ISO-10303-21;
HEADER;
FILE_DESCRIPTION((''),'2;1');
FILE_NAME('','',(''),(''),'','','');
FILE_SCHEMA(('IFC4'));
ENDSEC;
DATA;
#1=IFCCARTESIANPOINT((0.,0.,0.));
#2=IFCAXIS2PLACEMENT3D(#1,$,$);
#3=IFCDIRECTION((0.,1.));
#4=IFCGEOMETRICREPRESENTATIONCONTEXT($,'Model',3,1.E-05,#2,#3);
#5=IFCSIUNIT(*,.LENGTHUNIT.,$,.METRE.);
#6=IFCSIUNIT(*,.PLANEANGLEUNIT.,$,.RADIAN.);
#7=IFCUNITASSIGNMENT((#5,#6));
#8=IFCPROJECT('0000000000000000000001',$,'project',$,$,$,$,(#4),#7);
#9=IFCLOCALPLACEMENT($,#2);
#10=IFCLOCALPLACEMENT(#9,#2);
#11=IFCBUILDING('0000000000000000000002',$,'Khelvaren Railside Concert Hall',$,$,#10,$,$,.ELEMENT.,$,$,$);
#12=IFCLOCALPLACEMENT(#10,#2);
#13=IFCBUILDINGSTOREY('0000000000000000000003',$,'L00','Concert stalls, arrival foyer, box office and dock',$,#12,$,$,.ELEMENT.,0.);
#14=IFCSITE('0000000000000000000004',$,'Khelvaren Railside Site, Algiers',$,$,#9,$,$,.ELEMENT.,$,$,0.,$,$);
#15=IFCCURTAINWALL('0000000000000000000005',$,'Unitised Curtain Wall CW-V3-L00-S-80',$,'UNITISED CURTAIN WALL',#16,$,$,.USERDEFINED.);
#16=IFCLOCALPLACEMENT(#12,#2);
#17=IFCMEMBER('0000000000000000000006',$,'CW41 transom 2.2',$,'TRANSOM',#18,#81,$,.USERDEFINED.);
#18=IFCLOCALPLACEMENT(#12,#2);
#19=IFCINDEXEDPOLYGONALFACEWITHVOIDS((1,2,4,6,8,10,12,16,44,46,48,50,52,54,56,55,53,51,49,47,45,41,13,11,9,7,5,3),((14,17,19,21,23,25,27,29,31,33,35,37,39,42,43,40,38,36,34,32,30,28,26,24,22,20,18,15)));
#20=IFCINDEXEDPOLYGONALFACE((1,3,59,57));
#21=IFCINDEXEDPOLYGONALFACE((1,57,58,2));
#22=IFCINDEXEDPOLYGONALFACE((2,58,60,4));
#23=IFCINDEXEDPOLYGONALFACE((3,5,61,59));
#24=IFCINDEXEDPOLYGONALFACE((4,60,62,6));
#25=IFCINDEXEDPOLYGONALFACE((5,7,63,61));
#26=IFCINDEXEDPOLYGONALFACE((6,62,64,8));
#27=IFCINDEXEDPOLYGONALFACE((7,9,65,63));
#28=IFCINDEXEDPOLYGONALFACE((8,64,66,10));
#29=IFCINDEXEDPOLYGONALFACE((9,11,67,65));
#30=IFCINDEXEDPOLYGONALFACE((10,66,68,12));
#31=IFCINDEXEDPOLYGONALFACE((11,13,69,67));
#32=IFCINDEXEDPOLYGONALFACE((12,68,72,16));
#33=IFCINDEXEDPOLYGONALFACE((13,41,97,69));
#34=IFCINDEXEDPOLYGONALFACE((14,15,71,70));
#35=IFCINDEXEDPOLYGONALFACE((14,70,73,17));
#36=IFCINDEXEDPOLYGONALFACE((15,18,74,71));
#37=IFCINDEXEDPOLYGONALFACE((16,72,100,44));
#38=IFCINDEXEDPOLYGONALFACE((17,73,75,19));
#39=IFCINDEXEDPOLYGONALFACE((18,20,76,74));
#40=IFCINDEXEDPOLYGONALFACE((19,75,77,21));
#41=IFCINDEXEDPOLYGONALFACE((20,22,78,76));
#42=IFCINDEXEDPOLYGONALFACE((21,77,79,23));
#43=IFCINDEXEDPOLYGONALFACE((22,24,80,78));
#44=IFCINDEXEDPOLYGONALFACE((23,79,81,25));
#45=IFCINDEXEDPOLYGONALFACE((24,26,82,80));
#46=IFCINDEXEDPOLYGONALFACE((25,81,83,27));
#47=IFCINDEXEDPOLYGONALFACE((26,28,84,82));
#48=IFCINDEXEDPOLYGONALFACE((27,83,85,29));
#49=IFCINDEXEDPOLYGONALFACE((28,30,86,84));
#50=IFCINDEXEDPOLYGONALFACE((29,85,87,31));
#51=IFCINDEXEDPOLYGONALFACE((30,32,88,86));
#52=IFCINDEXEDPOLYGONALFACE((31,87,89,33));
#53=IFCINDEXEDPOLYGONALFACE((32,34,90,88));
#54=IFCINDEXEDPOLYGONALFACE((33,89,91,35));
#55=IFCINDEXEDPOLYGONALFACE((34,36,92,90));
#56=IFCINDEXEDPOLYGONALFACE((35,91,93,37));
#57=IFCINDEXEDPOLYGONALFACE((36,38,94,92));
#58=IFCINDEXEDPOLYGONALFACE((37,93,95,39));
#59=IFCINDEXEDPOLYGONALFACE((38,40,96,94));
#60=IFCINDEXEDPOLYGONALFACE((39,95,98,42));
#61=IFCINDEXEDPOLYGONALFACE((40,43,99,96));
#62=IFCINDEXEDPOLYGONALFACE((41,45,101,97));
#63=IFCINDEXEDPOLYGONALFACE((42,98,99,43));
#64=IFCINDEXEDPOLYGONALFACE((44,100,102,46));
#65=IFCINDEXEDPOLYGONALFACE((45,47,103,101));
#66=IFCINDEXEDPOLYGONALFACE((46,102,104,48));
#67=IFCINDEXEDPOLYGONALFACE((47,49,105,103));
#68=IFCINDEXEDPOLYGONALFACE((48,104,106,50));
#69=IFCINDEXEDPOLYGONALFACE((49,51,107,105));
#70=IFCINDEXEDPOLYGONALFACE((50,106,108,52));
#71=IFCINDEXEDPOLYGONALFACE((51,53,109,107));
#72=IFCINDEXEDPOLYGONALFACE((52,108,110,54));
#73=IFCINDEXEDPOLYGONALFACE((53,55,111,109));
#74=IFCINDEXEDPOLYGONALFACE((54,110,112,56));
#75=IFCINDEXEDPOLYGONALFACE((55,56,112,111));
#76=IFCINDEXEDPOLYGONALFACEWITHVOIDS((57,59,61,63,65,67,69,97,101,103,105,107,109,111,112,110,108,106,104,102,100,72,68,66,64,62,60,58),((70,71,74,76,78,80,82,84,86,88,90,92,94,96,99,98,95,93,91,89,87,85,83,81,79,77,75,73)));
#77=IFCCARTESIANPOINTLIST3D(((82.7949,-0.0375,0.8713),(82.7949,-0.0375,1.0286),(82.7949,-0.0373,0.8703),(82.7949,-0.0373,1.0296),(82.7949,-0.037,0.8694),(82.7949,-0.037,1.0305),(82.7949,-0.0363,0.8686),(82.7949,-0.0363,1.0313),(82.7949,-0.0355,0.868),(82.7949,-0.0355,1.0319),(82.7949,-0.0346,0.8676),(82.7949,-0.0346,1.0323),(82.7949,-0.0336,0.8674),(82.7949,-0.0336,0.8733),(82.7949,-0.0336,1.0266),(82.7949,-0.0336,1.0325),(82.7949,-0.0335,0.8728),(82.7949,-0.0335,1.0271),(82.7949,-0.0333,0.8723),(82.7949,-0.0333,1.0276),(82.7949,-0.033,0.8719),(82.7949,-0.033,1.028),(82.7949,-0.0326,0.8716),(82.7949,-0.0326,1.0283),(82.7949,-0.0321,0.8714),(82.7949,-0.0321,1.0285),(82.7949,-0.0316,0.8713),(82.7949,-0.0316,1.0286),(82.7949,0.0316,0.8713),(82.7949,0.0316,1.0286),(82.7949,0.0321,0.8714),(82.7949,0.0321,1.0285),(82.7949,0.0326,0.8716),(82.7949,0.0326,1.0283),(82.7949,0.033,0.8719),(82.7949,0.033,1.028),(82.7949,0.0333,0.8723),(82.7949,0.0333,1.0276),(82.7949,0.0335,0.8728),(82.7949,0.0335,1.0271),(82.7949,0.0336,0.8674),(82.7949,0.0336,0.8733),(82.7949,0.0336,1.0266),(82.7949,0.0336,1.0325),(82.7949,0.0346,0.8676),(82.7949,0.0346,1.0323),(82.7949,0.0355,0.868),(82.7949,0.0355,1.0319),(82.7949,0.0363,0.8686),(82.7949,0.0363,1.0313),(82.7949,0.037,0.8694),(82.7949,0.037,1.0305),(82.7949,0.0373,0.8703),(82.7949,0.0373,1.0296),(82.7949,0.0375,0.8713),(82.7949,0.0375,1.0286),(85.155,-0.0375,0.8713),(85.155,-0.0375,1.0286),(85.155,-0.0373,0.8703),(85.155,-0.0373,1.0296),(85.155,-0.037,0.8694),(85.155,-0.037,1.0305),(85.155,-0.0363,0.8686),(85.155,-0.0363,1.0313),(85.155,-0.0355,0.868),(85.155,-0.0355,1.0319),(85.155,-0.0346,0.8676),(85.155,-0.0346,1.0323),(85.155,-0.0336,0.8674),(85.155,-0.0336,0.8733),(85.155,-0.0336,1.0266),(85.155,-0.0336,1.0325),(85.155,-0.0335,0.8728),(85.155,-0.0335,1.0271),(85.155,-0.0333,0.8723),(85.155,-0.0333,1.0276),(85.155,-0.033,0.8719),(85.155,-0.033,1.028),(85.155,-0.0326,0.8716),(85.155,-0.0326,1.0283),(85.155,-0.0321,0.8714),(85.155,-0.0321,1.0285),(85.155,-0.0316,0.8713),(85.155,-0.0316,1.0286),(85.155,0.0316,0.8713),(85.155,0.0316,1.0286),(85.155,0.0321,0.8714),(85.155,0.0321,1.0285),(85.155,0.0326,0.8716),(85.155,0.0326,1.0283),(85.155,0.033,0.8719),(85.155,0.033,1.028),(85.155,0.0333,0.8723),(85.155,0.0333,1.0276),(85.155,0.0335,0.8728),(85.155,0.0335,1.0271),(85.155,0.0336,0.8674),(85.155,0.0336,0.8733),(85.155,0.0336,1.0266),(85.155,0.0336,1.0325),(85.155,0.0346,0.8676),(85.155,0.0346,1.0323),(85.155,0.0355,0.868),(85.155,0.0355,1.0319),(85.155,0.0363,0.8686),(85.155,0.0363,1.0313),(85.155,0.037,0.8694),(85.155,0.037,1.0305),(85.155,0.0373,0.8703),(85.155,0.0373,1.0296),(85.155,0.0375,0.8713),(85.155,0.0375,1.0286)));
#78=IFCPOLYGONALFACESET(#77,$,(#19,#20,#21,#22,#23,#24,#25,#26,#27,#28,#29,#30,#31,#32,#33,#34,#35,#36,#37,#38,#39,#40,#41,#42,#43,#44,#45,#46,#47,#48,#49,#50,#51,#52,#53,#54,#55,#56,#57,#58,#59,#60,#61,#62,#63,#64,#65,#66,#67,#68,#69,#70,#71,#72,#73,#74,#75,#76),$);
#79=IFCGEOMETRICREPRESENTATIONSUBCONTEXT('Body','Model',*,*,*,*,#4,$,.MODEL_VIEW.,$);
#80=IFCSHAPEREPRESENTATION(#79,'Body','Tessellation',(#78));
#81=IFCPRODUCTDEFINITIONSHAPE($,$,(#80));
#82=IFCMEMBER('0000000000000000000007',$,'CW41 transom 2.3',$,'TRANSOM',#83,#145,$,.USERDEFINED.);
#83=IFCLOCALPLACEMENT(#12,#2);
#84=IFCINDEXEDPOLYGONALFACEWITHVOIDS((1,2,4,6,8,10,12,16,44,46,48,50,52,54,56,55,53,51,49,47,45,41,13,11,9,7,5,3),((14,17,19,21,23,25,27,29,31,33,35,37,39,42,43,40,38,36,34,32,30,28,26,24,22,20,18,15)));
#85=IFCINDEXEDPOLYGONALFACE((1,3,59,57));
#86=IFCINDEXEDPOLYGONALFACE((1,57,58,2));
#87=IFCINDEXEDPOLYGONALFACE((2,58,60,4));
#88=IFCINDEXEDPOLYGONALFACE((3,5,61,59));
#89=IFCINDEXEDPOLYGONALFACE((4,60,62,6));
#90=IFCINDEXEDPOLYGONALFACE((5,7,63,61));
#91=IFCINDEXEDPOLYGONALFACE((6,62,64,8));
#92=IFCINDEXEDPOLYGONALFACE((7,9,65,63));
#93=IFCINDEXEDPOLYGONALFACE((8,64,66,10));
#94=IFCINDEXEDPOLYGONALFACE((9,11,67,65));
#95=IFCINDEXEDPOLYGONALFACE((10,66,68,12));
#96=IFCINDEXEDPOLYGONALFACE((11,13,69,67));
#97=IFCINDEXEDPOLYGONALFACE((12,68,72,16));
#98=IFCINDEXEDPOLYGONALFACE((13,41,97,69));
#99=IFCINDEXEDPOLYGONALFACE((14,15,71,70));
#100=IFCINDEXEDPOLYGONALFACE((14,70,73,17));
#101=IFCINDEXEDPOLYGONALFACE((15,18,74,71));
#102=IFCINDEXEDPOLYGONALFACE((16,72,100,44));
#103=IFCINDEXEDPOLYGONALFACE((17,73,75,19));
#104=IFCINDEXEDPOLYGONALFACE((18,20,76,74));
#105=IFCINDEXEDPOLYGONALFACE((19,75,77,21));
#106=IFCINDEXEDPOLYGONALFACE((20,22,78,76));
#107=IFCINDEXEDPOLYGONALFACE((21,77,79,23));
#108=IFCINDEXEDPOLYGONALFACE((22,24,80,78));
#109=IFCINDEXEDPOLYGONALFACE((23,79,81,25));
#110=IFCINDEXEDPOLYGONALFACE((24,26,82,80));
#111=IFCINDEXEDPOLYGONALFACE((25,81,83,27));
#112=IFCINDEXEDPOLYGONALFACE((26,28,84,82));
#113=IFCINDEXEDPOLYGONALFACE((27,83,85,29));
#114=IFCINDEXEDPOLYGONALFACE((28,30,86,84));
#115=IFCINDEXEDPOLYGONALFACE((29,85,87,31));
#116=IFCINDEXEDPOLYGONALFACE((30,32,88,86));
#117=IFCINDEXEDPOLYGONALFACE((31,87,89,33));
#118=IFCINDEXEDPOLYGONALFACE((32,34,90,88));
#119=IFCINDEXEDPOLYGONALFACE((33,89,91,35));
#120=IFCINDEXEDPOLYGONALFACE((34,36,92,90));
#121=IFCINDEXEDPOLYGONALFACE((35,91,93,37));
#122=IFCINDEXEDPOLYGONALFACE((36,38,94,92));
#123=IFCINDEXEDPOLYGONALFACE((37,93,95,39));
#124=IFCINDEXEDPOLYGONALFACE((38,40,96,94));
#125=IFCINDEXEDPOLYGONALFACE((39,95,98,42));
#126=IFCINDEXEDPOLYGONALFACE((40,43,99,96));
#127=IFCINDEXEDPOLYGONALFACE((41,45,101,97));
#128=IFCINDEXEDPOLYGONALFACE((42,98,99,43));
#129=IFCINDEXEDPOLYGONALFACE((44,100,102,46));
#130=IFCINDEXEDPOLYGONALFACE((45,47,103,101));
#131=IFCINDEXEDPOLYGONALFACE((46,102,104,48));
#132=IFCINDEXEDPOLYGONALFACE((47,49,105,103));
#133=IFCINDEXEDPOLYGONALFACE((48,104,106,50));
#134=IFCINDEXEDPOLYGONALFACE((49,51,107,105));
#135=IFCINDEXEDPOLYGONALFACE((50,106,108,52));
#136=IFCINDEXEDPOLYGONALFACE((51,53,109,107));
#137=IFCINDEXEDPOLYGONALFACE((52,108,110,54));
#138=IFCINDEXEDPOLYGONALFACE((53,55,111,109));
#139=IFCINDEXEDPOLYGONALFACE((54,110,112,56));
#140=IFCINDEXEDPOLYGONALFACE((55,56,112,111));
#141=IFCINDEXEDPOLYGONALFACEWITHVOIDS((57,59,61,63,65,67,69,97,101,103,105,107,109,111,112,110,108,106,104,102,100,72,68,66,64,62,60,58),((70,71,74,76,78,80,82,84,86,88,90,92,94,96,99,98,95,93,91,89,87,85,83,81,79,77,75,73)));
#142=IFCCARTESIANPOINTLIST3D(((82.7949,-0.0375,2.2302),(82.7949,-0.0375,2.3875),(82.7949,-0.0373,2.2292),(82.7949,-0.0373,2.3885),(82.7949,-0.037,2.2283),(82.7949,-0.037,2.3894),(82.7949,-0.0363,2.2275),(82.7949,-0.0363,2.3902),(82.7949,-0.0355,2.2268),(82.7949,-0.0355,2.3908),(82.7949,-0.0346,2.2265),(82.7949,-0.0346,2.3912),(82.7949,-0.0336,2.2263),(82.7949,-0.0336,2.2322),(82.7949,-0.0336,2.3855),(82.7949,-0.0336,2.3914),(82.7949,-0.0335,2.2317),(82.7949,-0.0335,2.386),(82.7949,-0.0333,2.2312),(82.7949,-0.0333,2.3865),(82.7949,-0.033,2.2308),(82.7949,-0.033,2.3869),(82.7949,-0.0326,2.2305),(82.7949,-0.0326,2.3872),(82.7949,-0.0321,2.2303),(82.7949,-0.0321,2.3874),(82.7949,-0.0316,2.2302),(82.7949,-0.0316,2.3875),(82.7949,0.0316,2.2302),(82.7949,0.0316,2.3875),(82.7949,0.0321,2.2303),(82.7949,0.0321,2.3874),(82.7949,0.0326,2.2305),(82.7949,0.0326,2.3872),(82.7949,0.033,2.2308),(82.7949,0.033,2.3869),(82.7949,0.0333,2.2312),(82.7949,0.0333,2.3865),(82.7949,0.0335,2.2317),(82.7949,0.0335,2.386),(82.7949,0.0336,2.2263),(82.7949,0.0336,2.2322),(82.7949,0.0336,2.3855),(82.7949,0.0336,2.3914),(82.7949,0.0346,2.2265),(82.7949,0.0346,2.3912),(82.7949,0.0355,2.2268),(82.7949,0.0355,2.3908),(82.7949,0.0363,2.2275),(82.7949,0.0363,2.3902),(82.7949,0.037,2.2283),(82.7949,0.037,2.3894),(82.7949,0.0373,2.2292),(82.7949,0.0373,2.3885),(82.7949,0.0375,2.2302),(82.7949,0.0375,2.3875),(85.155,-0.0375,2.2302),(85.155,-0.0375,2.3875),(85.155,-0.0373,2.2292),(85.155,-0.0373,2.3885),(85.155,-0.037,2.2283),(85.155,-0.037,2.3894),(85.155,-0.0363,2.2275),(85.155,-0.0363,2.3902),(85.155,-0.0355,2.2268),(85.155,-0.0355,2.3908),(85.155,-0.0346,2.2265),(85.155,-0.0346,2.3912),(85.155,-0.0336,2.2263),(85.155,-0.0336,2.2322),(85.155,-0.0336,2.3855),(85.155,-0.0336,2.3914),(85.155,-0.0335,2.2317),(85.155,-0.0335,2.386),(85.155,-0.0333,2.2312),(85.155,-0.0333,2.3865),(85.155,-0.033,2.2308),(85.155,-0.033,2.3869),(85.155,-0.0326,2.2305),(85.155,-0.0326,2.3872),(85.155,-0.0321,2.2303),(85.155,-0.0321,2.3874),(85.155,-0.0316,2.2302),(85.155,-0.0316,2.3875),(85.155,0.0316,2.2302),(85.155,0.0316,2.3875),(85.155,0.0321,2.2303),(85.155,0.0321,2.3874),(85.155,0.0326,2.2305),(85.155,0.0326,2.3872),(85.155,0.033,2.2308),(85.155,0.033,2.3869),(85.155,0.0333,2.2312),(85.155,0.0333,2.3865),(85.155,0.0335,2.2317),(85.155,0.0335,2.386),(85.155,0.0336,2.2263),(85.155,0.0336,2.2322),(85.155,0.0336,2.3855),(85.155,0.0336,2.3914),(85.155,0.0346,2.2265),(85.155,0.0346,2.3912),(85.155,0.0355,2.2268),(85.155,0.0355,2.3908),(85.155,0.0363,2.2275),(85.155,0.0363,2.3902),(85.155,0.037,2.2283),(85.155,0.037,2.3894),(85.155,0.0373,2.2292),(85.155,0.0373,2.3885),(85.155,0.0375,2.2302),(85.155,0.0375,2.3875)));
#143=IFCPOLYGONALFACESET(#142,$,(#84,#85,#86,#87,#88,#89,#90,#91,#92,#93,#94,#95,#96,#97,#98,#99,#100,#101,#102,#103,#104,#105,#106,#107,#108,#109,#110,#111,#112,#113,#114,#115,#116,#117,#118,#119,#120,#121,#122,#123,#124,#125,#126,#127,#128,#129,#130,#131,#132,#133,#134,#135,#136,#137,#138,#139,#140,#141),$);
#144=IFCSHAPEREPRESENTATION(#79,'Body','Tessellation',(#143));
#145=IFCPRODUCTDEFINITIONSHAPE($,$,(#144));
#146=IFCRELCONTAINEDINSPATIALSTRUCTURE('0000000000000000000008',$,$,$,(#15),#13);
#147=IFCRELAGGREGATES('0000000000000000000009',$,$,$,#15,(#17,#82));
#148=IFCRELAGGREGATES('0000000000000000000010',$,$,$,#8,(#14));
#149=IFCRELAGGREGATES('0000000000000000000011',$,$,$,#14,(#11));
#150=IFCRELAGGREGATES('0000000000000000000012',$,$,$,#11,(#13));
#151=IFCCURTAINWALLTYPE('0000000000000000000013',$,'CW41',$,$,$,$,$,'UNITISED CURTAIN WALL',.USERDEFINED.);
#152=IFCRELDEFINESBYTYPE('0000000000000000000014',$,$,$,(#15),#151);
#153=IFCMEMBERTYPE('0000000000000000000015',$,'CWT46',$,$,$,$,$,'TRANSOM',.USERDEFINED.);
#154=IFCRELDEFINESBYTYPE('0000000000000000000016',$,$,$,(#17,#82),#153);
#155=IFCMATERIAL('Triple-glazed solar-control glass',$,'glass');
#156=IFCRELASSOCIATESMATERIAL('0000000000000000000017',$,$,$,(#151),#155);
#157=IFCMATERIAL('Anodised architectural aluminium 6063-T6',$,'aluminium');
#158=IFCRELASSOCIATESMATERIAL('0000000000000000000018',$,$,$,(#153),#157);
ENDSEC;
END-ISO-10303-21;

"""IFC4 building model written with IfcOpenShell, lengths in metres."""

from ifc_helpers import new_model, si_unit, direction, frame, origin, origin_2d, place, context, subcontext, project, spatial, hollow_rectangle, extrude, material, material_profile, profile_set, type_object, element, aggregate, save


model = new_model("IFC4")

# Units and contexts
model_context = context("Model", 3, precision=1e-05, world=origin(), true_north=direction((0.0, 1.0)))
body_context = subcontext(model_context, "Body", "Model", "MODEL_VIEW")
ifc_project = project(units=[si_unit("LENGTHUNIT", "METRE"), si_unit("PLANEANGLEUNIT", "RADIAN")], contexts=[model_context])

# Site, building, storey
site_placement = place(None, origin())
site = spatial("IfcSite", under=ifc_project, at=site_placement, Name="Khelvaren Railside Site, Algiers", CompositionType="ELEMENT", RefElevation=0.0)
building_placement = place(site_placement, origin())
building = spatial("IfcBuilding", under=site, at=building_placement, Name="Khelvaren Railside Concert Hall", CompositionType="ELEMENT")
storey_placement = place(building_placement, origin())
storey = spatial("IfcBuildingStorey", under=building, at=storey_placement, Name="L00", Description="Concert stalls, arrival foyer, box office and dock", CompositionType="ELEMENT", Elevation=0.0)

# Curtain wall
ifc_material_1 = material(Name="Triple-glazed solar-control glass", Category="glass")
curtain_wall_type_1 = type_object("IfcCurtainWallType", Name="CW41", ElementType="UNITISED CURTAIN WALL", PredefinedType="USERDEFINED", material=ifc_material_1)
curtain_wall_1_placement = place(storey_placement, origin())
curtain_wall_1 = element("IfcCurtainWall", 1, at=curtain_wall_1_placement, inside=storey, type_object=curtain_wall_type_1, Name="Unitised Curtain Wall CW-V3-L00-S-80", ObjectType="UNITISED CURTAIN WALL", PredefinedType="USERDEFINED")
ifc_material_2 = material(Name="Anodised architectural aluminium 6063-T6", Category="aluminium")

# Members
ifc_material_profile_1 = material_profile(ifc_material_2, hollow_rectangle(XDim=0.075, YDim=0.165, WallThickness=0.0039, InnerFilletRadius=0.002, OuterFilletRadius=0.0039, at=origin_2d()), Name="CWT 75x165x4")
ifc_profile_set_1 = profile_set([ifc_material_profile_1], Name="Anodised architectural aluminium 6063-T6")
member_type_1 = type_object("IfcMemberType", Name="CWT46", ElementType="TRANSOM", PredefinedType="USERDEFINED", material=ifc_profile_set_1)
member_1_placement = place(storey_placement, frame((85.155, 0.0, 0.95), z_axis=(-1.0, 0.0, 0.0), x_axis=(0.0, -1.0, 0.0)))
member_1 = element("IfcMember", 2, at=member_1_placement, type_object=member_type_1, Name="CW41 transom 2.2", ObjectType="TRANSOM", PredefinedType="USERDEFINED", context=body_context, shape_type="SweptSolid", body=[
    extrude(hollow_rectangle(XDim=0.075, YDim=0.165, WallThickness=0.0039, InnerFilletRadius=0.002, OuterFilletRadius=0.0039, at=origin_2d()), origin(), (0.0, 0.0, 1.0), 2.3601),
])
member_2_placement = place(storey_placement, frame((85.155, 0.0, 2.3088), z_axis=(-1.0, 0.0, 0.0), x_axis=(0.0, -1.0, 0.0)))
member_2 = element("IfcMember", 3, at=member_2_placement, type_object=member_type_1, Name="CW41 transom 2.3", ObjectType="TRANSOM", PredefinedType="USERDEFINED", context=body_context, shape_type="SweptSolid", body=[
    extrude(hollow_rectangle(XDim=0.075, YDim=0.165, WallThickness=0.0039, InnerFilletRadius=0.002, OuterFilletRadius=0.0039, at=origin_2d()), origin(), (0.0, 0.0, 1.0), 2.3601),
])

aggregate(curtain_wall_1, [member_1, member_2])

save(model, "model.ifc")
